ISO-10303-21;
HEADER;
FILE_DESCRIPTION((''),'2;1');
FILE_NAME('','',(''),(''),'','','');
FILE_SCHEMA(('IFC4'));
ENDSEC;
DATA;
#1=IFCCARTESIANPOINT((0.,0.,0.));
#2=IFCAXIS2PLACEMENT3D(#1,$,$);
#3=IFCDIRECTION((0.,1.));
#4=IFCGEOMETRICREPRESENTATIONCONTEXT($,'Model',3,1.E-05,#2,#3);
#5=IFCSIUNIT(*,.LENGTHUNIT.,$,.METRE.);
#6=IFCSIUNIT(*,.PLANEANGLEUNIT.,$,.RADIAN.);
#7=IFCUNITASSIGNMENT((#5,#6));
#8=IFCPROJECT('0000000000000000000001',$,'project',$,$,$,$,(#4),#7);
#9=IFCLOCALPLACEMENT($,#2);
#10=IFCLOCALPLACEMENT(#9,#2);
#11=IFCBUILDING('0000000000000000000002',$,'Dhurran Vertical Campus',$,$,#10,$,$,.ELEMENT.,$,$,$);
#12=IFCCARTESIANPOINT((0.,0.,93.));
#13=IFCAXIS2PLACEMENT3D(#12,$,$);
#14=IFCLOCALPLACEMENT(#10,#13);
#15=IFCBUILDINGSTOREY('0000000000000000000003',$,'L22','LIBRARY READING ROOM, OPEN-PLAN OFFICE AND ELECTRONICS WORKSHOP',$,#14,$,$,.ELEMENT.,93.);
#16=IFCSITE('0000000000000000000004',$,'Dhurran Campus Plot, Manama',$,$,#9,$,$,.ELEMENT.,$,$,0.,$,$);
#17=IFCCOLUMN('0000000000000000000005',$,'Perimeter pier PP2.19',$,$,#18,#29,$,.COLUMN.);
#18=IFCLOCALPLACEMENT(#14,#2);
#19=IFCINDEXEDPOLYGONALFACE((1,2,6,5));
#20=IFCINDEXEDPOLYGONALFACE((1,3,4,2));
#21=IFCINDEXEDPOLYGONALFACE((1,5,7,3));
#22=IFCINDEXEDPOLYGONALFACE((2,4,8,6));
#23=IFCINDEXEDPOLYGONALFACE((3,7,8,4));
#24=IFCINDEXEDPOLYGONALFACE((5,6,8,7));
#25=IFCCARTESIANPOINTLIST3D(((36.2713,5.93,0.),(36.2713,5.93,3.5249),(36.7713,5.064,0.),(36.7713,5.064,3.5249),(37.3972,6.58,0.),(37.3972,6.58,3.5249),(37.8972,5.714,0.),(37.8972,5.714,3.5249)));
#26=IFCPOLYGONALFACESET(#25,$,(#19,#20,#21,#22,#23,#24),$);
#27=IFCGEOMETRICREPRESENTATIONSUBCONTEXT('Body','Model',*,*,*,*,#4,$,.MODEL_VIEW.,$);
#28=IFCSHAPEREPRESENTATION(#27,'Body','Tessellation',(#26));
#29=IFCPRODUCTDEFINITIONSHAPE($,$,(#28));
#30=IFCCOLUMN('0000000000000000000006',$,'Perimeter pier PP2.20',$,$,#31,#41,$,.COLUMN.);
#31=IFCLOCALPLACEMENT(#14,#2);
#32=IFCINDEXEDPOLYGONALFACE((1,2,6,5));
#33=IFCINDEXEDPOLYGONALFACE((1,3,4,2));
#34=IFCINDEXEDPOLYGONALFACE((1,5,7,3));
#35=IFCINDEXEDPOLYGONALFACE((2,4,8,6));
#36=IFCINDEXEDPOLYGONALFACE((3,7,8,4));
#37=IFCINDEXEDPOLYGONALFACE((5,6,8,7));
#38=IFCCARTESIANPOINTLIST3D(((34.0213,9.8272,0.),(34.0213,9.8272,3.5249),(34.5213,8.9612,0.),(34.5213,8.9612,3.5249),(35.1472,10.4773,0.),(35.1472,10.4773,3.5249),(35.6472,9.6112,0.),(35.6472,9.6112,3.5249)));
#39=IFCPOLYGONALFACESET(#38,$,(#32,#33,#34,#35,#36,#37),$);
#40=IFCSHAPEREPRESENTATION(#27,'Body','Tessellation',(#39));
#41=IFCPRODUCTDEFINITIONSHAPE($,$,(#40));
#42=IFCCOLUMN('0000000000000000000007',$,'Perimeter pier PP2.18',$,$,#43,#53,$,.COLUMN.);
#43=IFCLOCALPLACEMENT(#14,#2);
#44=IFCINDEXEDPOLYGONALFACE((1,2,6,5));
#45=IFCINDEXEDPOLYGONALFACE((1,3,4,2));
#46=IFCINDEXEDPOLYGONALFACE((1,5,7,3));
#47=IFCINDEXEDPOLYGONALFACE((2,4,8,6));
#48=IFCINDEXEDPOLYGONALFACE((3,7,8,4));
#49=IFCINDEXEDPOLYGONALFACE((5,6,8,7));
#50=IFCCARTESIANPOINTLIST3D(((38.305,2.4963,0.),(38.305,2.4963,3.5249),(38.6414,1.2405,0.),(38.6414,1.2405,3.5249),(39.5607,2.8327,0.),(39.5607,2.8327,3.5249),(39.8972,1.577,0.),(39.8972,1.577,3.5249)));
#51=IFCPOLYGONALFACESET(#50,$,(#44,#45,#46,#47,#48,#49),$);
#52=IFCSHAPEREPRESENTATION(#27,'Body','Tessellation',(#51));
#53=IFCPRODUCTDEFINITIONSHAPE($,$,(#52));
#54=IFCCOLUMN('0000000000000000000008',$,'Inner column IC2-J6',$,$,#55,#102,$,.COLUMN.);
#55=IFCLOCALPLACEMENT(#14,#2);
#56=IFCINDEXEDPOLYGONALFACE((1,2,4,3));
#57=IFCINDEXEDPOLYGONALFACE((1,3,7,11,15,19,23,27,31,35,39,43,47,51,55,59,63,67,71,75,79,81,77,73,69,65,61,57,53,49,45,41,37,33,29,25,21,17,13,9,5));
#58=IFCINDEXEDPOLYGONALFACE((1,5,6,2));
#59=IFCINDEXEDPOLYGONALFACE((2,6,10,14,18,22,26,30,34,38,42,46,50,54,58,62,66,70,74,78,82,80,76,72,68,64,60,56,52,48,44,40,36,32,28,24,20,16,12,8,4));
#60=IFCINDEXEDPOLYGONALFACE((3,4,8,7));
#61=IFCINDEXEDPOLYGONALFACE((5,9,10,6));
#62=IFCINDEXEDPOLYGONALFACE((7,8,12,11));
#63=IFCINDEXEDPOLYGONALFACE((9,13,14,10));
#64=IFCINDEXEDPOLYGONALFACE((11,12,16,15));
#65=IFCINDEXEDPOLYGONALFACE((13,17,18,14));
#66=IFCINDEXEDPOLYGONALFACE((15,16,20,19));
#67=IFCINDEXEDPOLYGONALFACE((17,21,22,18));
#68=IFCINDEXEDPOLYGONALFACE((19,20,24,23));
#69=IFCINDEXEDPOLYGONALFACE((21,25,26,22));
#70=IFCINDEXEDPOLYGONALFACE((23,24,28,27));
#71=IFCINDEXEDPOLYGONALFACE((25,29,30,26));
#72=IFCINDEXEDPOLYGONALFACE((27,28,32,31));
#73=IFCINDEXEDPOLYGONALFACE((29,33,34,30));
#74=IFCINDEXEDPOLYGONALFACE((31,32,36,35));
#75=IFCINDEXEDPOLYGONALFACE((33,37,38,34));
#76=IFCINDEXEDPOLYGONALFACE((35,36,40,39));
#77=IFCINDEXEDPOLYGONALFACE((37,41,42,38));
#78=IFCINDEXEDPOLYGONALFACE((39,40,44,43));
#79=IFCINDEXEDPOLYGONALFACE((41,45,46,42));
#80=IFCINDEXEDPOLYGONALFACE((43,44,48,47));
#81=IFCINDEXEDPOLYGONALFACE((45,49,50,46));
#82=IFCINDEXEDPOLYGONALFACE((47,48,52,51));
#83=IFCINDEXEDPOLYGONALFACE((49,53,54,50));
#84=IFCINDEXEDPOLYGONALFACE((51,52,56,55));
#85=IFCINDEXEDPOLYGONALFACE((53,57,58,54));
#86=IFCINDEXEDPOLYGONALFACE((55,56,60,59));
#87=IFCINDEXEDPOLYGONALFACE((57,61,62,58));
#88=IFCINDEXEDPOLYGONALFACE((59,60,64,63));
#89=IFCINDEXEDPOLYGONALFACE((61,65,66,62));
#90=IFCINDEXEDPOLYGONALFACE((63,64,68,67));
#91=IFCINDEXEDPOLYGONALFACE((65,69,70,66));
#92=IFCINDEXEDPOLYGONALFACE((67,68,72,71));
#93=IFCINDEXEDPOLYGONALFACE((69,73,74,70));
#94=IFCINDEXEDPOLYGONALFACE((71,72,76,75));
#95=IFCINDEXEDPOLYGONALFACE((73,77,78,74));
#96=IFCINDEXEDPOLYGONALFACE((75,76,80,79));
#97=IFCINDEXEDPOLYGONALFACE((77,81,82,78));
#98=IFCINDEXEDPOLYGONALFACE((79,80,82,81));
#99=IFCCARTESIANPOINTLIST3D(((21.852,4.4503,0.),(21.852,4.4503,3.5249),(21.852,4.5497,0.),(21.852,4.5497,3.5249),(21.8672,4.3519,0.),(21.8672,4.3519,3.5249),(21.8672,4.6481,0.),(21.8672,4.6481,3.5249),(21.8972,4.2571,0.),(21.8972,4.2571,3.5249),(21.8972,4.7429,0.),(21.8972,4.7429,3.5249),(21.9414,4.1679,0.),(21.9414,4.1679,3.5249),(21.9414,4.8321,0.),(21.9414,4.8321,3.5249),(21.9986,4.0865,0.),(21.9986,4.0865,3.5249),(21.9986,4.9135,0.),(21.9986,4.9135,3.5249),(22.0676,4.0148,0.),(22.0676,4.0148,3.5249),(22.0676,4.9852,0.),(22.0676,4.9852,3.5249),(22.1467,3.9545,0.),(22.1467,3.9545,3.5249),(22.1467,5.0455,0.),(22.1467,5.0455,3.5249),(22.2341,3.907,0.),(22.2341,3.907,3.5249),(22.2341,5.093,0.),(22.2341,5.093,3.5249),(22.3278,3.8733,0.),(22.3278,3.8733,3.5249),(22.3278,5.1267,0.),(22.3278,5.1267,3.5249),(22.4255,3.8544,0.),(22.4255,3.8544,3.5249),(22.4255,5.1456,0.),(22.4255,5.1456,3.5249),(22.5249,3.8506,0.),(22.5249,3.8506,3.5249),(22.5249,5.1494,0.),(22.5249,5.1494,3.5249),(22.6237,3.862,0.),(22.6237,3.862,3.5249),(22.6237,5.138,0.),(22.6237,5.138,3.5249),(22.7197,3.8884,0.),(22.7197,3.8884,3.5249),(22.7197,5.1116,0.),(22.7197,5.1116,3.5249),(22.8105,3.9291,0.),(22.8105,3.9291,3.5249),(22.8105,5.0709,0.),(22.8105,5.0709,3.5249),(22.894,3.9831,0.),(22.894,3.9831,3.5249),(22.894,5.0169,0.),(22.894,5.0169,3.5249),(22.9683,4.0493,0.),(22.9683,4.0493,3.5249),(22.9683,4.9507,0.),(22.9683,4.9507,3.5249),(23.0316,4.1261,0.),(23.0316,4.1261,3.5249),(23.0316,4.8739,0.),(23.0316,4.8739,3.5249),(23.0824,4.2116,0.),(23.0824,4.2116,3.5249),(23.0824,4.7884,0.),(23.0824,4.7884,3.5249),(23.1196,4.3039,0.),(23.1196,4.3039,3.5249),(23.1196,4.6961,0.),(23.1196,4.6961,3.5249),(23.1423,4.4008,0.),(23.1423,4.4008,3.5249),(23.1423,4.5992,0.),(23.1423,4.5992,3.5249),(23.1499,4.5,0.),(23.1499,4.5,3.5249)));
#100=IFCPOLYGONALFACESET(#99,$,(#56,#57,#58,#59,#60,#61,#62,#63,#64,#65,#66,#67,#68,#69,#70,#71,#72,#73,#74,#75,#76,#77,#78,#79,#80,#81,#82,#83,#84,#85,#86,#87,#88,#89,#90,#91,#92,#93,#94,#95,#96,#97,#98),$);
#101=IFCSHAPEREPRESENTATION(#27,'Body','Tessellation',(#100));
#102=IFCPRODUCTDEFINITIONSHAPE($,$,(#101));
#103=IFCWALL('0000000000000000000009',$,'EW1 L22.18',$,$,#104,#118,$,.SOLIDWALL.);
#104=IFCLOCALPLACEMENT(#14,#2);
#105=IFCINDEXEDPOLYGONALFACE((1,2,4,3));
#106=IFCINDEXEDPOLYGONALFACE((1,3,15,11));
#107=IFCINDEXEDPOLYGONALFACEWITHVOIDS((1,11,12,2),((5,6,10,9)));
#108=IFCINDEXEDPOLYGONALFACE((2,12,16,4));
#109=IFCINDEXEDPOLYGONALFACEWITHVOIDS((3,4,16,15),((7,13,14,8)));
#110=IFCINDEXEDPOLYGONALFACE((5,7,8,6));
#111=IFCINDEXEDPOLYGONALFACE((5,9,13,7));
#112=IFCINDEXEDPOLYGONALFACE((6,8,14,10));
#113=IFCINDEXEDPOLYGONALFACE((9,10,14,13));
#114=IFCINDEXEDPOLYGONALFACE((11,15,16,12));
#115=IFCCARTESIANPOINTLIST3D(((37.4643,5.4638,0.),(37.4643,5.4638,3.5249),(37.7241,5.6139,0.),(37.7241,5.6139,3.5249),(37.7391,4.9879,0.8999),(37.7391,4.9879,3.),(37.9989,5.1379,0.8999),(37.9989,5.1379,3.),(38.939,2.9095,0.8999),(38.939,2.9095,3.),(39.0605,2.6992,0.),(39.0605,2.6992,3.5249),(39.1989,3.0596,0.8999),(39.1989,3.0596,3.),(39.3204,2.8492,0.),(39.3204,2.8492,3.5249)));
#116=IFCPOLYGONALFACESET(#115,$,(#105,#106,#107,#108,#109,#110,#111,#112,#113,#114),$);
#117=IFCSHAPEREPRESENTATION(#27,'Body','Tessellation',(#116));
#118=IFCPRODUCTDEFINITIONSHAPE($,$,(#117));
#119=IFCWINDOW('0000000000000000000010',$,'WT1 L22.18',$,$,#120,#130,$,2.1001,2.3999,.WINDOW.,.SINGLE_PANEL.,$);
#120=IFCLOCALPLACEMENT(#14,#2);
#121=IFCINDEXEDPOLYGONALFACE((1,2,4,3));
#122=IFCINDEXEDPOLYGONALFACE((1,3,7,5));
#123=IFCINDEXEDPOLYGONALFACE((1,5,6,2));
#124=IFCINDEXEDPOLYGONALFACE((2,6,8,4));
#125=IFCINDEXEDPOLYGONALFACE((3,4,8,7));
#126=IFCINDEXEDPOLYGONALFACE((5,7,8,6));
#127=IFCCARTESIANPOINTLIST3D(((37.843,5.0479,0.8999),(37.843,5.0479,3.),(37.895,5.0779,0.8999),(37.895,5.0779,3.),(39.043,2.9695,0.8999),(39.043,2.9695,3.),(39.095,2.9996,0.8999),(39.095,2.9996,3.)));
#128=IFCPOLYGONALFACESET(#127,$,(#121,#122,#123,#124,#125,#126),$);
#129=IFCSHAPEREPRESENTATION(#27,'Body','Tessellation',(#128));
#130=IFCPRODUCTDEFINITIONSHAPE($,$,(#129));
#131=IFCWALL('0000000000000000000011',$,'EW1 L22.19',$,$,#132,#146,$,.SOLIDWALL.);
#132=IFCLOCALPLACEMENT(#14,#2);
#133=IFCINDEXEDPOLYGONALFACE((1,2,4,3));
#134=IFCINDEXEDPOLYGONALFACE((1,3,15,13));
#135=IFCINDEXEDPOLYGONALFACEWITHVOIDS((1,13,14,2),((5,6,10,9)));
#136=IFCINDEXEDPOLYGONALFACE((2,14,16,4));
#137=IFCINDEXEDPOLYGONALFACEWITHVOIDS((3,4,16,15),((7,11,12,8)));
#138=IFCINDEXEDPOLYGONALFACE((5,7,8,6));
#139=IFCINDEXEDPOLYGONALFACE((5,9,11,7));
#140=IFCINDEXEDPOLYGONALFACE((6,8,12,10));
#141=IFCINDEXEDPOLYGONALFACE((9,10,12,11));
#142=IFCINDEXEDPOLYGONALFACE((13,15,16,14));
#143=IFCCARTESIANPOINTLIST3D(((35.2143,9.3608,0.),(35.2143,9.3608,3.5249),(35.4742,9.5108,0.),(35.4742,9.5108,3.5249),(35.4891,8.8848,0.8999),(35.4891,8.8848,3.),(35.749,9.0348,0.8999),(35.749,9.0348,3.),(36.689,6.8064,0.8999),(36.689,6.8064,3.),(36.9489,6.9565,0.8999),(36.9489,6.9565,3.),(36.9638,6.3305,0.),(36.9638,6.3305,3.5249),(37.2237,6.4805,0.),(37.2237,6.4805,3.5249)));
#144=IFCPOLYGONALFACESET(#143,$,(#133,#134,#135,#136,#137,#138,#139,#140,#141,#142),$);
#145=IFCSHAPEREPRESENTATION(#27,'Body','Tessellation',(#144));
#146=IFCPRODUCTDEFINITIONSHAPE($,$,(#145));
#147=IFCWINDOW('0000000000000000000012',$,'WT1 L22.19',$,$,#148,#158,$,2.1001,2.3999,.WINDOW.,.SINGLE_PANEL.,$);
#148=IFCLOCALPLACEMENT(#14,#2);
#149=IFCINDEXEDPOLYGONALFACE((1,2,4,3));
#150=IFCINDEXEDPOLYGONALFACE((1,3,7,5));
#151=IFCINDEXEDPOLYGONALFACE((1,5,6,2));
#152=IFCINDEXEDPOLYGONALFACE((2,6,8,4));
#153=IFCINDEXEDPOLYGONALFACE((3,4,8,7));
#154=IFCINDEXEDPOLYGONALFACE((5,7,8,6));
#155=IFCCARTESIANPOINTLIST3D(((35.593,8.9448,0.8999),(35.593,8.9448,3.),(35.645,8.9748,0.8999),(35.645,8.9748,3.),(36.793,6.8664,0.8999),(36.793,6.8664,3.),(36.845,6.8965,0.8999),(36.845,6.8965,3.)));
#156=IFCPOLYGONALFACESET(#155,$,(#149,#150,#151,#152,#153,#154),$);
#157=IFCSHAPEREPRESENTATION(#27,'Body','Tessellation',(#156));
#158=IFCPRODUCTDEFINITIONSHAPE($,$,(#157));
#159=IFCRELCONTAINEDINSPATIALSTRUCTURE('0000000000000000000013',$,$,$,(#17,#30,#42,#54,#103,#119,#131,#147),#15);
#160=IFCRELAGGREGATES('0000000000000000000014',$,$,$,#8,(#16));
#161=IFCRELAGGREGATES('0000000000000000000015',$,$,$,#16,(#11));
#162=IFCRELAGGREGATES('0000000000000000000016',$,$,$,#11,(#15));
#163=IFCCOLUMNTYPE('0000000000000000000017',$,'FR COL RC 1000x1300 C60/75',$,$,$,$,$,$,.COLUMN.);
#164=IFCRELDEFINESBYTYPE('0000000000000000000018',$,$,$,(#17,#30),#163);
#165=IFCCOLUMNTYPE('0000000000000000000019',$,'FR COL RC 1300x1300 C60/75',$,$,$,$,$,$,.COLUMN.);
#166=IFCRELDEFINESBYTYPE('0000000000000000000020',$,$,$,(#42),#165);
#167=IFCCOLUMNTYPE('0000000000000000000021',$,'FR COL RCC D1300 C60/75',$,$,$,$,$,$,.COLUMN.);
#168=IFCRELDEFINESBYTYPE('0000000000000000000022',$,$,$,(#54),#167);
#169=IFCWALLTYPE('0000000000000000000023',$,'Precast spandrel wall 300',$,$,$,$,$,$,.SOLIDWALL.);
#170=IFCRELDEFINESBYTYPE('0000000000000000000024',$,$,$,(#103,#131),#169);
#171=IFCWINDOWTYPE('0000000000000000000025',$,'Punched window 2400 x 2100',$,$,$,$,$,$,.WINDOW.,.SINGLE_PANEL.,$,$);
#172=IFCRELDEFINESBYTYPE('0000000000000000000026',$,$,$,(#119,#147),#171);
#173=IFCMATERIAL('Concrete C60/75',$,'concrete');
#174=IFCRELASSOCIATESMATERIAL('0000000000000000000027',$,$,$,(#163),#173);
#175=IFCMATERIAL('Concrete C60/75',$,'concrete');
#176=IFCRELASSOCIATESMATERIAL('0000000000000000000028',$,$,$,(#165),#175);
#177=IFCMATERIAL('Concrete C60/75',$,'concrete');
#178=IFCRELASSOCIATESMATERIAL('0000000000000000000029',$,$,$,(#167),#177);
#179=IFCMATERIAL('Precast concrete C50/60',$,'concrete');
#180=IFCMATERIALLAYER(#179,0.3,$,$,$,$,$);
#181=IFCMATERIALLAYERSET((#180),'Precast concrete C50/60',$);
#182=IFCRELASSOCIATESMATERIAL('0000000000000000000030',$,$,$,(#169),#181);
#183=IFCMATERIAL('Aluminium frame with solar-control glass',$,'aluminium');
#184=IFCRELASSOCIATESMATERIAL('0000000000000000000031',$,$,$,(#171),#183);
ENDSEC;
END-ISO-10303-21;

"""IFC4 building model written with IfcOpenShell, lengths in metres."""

from ifc_helpers import new_model, si_unit, direction, frame, frame_2d, origin, origin_2d, place, context, subcontext, project, spatial, rectangle, circle, extrude, material, layer, layer_set, material_profile, profile_set, type_object, element, fill, save


model = new_model("IFC4")

# Units and contexts
model_context = context("Model", 3, precision=1e-05, world=origin(), true_north=direction((0.0, 1.0)))
body_context = subcontext(model_context, "Body", "Model", "MODEL_VIEW")
ifc_project = project(units=[si_unit("LENGTHUNIT", "METRE"), si_unit("PLANEANGLEUNIT", "RADIAN")], contexts=[model_context])

# Site, building, storey
site_placement = place(None, origin())
site = spatial("IfcSite", under=ifc_project, at=site_placement, Name="Dhurran Campus Plot, Manama", CompositionType="ELEMENT", RefElevation=0.0)
building_placement = place(site_placement, origin())
building = spatial("IfcBuilding", under=site, at=building_placement, Name="Dhurran Vertical Campus", CompositionType="ELEMENT")
storey_placement = place(building_placement, frame((0.0, 0.0, 93.0)))
storey = spatial("IfcBuildingStorey", under=building, at=storey_placement, Name="L22", Description="LIBRARY READING ROOM, OPEN-PLAN OFFICE AND ELECTRONICS WORKSHOP", CompositionType="ELEMENT", Elevation=93.0)

# Columns
ifc_material_1 = material(Name="Concrete C60/75", Category="concrete")
ifc_material_profile_1 = material_profile(ifc_material_1, rectangle(XDim=1.0, YDim=1.3, at=origin_2d()), Name="RC 1000x1300")
ifc_profile_set_1 = profile_set([ifc_material_profile_1], Name="Concrete C60/75")
column_type_1 = type_object("IfcColumnType", Name="FR COL RC 1000x1300 C60/75", PredefinedType="COLUMN", material=ifc_profile_set_1)
for number, where, z_axis, x_axis, name in (
    (1, (37.0842, 5.822, 0.0), (0.0, 0.0, 1.0), (-0.5, 0.866025, 0.0), "Perimeter pier PP2.19"),
    (2, (34.8342, 9.7192, 0.0), (0.0, 0.0, 1.0), (-0.5, 0.866025, 0.0), "Perimeter pier PP2.20"),
):
    element("IfcColumn", number, at=place(storey_placement, frame(where, z_axis=z_axis, x_axis=x_axis)), inside=storey, type_object=column_type_1, Name=name, PredefinedType="COLUMN", context=body_context, shape_type="SweptSolid", body=[
        extrude(rectangle(XDim=1.0, YDim=1.3, at=origin_2d()), origin(), (0.0, 0.0, 1.0), 3.5249),
    ])
ifc_material_2 = material(Name="Concrete C60/75", Category="concrete")
ifc_material_profile_2 = material_profile(ifc_material_2, rectangle(XDim=1.3, YDim=1.3, at=origin_2d()), Name="RC 1300x1300")
ifc_profile_set_2 = profile_set([ifc_material_profile_2], Name="Concrete C60/75")
column_type_2 = type_object("IfcColumnType", Name="FR COL RC 1300x1300 C60/75", PredefinedType="COLUMN", material=ifc_profile_set_2)
column_1_placement = place(storey_placement, frame((39.1011, 2.0366, 0.0), z_axis=(0.0, 0.0, 1.0), x_axis=(-0.258819, 0.965926, 0.0)))
element("IfcColumn", 3, at=column_1_placement, inside=storey, type_object=column_type_2, Name="Perimeter pier PP2.18", PredefinedType="COLUMN", context=body_context, shape_type="SweptSolid", body=[
    extrude(rectangle(XDim=1.3, YDim=1.3, at=origin_2d()), origin(), (0.0, 0.0, 1.0), 3.5249),
])
ifc_material_3 = material(Name="Concrete C60/75", Category="concrete")
ifc_material_profile_3 = material_profile(ifc_material_3, circle(Radius=0.6499, at=origin_2d()), Name="RCC D1300")
ifc_profile_set_3 = profile_set([ifc_material_profile_3], Name="Concrete C60/75")
column_type_3 = type_object("IfcColumnType", Name="FR COL RCC D1300 C60/75", PredefinedType="COLUMN", material=ifc_profile_set_3)
column_2_placement = place(storey_placement, frame((22.5, 4.5, 0.0), z_axis=(0.0, 0.0, 1.0), x_axis=(1.0, 0.0, 0.0)))
element("IfcColumn", 4, at=column_2_placement, inside=storey, type_object=column_type_3, Name="Inner column IC2-J6", PredefinedType="COLUMN", context=body_context, shape_type="SweptSolid", body=[
    extrude(circle(Radius=0.6499, at=origin_2d()), origin(), (0.0, 0.0, 1.0), 3.5249),
])

# Walls, openings, windows
ifc_material_4 = material(Name="Precast concrete C50/60", Category="concrete")
ifc_layer_1 = layer(ifc_material_4, 0.3)
ifc_layer_set_1 = layer_set([ifc_layer_1], Name="Precast concrete C50/60")
wall_type_1 = type_object("IfcWallType", Name="Precast spandrel wall 300", PredefinedType="SOLIDWALL", material=ifc_layer_set_1)
wall_1_placement = place(storey_placement, frame((39.1904, 2.7742, 0.0), z_axis=(0.0, 0.0, 1.0), x_axis=(-0.500005, 0.866023, 0.0)))
wall_1 = element("IfcWall", 5, at=wall_1_placement, inside=storey, type_object=wall_type_1, Name="EW1 L22.18", PredefinedType="SOLIDWALL", context=body_context, shape_type="SweptSolid", body=[
    extrude(rectangle(XDim=3.1924, YDim=0.3, at=frame_2d((1.5962, 0.0))), origin(), (0.0, 0.0, 1.0), 3.5249),
])
opening_1_placement = place(wall_1_placement, frame((0.2429, 0.0, 0.8999)))
opening_1 = element("IfcOpeningElement", 6, at=opening_1_placement, cuts=wall_1, PredefinedType="OPENING", context=body_context, shape_type="SweptSolid", body=[
    extrude(rectangle(XDim=2.3999, YDim=2.1001, at=frame_2d((1.2, 1.05))), frame((0.0, 0.1599, 0.0), z_axis=(0.0, -1.0, 0.0), x_axis=(1.0, 0.0, 0.0)), (0.0, 0.0, 1.0), 0.3201),
])
ifc_material_5 = material(Name="Aluminium frame with solar-control glass", Category="aluminium")
window_type = type_object("IfcWindowType", Name="Punched window 2400 x 2100", PartitioningType="SINGLE_PANEL", PredefinedType="WINDOW", material=ifc_material_5)
window_1_placement = place(opening_1_placement, origin())
window_1 = element("IfcWindow", 7, at=window_1_placement, inside=storey, type_object=window_type, Name="WT1 L22.18", OverallHeight=2.1001, OverallWidth=2.3999, PartitioningType="SINGLE_PANEL", PredefinedType="WINDOW", context=body_context, shape_type="SweptSolid", body=[
    extrude(rectangle(XDim=2.3999, YDim=2.1001, at=frame_2d((1.2, 1.05))), frame((0.0, 0.03, 0.0), z_axis=(0.0, -1.0, 0.0), x_axis=(1.0, 0.0, 0.0)), (0.0, 0.0, 1.0), 0.0601),
])
fill(opening_1, window_1)
wall_2_placement = place(storey_placement, frame((37.0938, 6.4055, 0.0), z_axis=(0.0, 0.0, 1.0), x_axis=(-0.499996, 0.866028, 0.0)))
wall_2 = element("IfcWall", 8, at=wall_2_placement, inside=storey, type_object=wall_type_1, Name="EW1 L22.19", PredefinedType="SOLIDWALL", context=body_context, shape_type="SweptSolid", body=[
    extrude(rectangle(XDim=3.499, YDim=0.3, at=frame_2d((1.7495, 0.0))), origin(), (0.0, 0.0, 1.0), 3.5249),
])
opening_2_placement = place(wall_2_placement, frame((0.5496, 0.0, 0.8999)))
opening_2 = element("IfcOpeningElement", 9, at=opening_2_placement, cuts=wall_2, PredefinedType="OPENING", context=body_context, shape_type="SweptSolid", body=[
    extrude(rectangle(XDim=2.3999, YDim=2.1001, at=frame_2d((1.2, 1.05))), frame((0.0, 0.1599, 0.0), z_axis=(0.0, -1.0, 0.0), x_axis=(1.0, 0.0, 0.0)), (0.0, 0.0, 1.0), 0.3201),
])
window_2_placement = place(opening_2_placement, origin())
window_2 = element("IfcWindow", 10, at=window_2_placement, inside=storey, type_object=window_type, Name="WT1 L22.19", OverallHeight=2.1001, OverallWidth=2.3999, PartitioningType="SINGLE_PANEL", PredefinedType="WINDOW", context=body_context, shape_type="SweptSolid", body=[
    extrude(rectangle(XDim=2.3999, YDim=2.1001, at=frame_2d((1.2, 1.05))), frame((0.0, 0.03, 0.0), z_axis=(0.0, -1.0, 0.0), x_axis=(1.0, 0.0, 0.0)), (0.0, 0.0, 1.0), 0.0601),
])
fill(opening_2, window_2)

save(model, "model.ifc")
